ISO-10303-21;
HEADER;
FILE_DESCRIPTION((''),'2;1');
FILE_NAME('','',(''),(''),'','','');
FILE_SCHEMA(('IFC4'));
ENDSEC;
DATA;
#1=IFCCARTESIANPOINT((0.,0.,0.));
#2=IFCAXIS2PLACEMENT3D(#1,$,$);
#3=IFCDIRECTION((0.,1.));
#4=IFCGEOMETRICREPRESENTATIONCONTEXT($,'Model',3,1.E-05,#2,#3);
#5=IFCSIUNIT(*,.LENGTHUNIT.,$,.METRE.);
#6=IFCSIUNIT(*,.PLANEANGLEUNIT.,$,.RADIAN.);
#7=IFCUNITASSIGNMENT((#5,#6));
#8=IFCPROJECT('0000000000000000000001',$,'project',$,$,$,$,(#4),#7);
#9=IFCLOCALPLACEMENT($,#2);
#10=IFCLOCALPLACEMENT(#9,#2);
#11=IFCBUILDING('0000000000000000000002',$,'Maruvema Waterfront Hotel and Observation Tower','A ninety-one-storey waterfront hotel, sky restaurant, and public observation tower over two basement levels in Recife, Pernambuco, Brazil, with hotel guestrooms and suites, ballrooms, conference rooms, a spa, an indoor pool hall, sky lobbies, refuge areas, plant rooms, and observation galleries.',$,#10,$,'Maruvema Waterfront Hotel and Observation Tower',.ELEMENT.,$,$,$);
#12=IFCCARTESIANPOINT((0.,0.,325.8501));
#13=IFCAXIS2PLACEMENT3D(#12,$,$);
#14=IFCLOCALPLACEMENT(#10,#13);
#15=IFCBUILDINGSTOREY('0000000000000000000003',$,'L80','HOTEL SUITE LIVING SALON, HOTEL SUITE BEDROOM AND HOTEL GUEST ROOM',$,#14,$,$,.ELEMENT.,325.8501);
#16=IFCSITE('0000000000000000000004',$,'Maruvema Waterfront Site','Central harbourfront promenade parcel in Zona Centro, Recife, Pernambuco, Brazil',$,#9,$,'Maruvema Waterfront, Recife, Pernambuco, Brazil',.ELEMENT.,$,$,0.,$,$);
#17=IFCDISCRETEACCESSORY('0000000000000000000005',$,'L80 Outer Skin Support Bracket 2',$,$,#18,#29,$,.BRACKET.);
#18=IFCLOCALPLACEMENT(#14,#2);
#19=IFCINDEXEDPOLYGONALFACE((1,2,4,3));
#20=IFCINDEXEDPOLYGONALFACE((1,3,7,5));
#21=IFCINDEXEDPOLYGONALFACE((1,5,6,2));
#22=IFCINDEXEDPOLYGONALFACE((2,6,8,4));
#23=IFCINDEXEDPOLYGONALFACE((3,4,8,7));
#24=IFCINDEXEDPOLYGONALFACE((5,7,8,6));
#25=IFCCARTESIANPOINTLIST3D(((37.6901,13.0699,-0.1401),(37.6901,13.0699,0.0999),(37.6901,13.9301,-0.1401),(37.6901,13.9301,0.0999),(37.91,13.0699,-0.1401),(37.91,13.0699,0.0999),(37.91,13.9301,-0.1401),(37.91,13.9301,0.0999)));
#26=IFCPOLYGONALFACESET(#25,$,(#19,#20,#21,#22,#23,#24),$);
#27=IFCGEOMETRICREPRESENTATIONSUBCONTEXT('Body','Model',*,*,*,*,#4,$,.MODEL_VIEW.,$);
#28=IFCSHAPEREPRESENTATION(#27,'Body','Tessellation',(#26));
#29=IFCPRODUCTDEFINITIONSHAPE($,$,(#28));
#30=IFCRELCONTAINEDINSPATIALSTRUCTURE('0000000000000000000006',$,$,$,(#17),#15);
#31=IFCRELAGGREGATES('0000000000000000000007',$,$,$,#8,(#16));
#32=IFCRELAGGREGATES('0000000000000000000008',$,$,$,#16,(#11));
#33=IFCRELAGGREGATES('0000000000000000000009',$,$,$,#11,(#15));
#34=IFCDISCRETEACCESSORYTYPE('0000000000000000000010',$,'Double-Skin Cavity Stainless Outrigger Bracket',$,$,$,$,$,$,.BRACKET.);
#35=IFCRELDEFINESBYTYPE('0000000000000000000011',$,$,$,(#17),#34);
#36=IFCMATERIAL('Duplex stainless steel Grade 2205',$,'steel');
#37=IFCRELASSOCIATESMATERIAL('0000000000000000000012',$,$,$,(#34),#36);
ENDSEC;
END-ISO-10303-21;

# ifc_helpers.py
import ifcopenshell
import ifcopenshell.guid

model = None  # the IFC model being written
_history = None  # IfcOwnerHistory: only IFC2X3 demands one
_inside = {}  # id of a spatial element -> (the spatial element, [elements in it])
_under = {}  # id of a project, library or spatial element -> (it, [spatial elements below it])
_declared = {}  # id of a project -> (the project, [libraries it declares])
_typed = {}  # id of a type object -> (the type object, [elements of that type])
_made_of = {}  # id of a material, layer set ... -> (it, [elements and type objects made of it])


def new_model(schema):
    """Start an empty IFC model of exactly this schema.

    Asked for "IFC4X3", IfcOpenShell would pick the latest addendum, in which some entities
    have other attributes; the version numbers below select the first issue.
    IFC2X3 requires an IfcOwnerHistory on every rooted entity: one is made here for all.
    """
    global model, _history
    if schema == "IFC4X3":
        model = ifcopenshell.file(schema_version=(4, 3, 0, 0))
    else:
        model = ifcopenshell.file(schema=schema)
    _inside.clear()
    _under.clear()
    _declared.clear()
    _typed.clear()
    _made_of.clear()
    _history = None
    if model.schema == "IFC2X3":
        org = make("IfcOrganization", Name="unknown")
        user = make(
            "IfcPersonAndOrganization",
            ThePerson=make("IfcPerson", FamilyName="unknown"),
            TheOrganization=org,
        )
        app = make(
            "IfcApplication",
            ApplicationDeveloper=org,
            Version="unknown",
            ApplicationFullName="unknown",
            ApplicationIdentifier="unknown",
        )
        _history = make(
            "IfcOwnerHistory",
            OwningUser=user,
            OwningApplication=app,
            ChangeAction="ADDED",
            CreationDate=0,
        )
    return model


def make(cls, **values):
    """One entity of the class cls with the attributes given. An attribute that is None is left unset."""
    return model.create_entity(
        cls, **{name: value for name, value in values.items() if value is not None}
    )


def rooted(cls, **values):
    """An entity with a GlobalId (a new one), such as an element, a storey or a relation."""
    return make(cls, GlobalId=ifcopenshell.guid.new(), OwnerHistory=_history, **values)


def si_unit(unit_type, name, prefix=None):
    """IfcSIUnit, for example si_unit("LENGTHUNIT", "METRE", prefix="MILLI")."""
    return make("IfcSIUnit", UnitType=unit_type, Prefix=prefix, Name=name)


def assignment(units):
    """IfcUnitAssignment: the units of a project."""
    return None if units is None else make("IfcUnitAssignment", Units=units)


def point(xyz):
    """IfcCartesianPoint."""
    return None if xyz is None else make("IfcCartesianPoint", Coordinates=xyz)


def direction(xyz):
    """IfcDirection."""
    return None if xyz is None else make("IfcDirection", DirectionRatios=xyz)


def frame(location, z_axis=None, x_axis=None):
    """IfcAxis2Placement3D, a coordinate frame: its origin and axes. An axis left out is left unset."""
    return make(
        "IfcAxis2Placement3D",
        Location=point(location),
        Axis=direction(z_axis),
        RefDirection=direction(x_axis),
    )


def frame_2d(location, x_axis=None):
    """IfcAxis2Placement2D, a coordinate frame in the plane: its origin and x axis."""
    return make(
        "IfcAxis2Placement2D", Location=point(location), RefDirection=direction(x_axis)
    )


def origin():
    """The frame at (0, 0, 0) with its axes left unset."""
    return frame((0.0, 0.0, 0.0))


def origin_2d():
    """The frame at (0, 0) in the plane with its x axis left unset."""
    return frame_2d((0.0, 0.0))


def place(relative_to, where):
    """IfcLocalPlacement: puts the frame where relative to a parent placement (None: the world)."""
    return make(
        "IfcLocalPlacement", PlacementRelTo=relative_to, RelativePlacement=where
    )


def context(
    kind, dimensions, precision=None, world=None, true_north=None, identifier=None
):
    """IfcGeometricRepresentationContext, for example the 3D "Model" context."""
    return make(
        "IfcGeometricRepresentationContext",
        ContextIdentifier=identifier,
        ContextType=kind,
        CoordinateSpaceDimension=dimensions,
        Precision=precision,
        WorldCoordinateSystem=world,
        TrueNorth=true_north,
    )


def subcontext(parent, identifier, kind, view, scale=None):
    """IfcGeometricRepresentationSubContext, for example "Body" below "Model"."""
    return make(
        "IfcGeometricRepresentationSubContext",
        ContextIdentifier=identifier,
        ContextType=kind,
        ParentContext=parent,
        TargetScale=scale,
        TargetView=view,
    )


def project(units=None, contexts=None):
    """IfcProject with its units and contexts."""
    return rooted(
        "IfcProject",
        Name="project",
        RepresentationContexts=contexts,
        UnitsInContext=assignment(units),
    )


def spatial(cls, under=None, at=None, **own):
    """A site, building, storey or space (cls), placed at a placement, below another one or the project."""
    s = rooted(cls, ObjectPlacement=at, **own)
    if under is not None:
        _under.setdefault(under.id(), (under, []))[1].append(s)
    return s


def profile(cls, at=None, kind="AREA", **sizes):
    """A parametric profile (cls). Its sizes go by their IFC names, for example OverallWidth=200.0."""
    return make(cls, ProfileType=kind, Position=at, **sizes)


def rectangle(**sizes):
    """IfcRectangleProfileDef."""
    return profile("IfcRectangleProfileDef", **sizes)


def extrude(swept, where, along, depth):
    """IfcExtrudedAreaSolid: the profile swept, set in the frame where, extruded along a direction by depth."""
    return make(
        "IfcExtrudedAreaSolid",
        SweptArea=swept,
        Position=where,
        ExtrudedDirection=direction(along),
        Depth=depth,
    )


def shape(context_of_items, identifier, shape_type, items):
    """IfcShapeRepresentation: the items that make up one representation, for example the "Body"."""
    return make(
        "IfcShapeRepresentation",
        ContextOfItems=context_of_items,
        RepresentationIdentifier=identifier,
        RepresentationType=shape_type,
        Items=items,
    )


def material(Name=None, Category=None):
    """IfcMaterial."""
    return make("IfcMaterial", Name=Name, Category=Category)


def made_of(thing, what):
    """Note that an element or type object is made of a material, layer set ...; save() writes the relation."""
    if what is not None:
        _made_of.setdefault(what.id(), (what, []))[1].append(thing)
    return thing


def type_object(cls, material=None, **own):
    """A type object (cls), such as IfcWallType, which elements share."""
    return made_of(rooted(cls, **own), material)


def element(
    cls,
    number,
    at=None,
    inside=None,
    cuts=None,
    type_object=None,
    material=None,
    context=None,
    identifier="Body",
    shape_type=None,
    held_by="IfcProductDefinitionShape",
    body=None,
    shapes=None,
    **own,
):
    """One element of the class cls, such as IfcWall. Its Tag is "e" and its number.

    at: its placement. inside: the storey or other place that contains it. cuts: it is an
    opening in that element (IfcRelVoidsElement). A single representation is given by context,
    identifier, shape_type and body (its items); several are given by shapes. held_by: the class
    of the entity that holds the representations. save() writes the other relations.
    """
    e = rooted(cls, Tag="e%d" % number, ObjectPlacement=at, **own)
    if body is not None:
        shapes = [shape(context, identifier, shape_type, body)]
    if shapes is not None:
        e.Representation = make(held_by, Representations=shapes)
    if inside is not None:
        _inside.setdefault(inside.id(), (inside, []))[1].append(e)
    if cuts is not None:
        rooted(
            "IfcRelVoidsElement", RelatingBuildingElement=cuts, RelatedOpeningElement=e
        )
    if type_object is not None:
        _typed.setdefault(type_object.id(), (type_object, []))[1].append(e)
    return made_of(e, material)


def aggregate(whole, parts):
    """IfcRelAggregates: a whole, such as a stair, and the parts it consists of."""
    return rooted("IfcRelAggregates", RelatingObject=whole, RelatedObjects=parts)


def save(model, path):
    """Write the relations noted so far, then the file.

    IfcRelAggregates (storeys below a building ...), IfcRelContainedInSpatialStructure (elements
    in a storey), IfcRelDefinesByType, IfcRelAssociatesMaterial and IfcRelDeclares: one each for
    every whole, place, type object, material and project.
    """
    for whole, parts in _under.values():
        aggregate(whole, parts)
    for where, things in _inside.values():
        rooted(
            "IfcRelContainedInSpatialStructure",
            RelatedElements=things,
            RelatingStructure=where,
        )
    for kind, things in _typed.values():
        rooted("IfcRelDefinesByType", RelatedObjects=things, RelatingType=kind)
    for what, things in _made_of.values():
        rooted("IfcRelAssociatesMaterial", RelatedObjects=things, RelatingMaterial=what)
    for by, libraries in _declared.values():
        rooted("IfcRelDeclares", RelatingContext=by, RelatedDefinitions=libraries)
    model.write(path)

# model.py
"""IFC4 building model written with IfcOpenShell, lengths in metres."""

from ifc_helpers import new_model, si_unit, direction, frame, origin, origin_2d, place, context, subcontext, project, spatial, rectangle, extrude, material, type_object, element, save


model = new_model("IFC4")

# Units and contexts
model_context = context("Model", 3, precision=1e-05, world=origin(), true_north=direction((0.0, 1.0)))
body_context = subcontext(model_context, "Body", "Model", "MODEL_VIEW")
ifc_project = project(units=[si_unit("LENGTHUNIT", "METRE"), si_unit("PLANEANGLEUNIT", "RADIAN")], contexts=[model_context])

# Site, building, storey
site_placement = place(None, origin())
site = spatial("IfcSite", under=ifc_project, at=site_placement, Name="Maruvema Waterfront Site", Description="Central harbourfront promenade parcel in Zona Centro, Recife, Pernambuco, Brazil", LongName="Maruvema Waterfront, Recife, Pernambuco, Brazil", CompositionType="ELEMENT", RefElevation=0.0)
building_placement = place(site_placement, origin())
building = spatial("IfcBuilding", under=site, at=building_placement, Name="Maruvema Waterfront Hotel and Observation Tower", Description="A ninety-one-storey waterfront hotel, sky restaurant, and public observation tower over two basement levels in Recife, Pernambuco, Brazil, with hotel guestrooms and suites, ballrooms, conference rooms, a spa, an indoor pool hall, sky lobbies, refuge areas, plant rooms, and observation galleries.", LongName="Maruvema Waterfront Hotel and Observation Tower", CompositionType="ELEMENT")
storey_placement = place(building_placement, frame((0.0, 0.0, 325.8501)))
storey = spatial("IfcBuildingStorey", under=building, at=storey_placement, Name="L80", Description="HOTEL SUITE LIVING SALON, HOTEL SUITE BEDROOM AND HOTEL GUEST ROOM", CompositionType="ELEMENT", Elevation=325.8501)

# Discrete accessory
ifc_material_1 = material(Name="Duplex stainless steel Grade 2205", Category="steel")
discrete_accessory_type = type_object("IfcDiscreteAccessoryType", Name="Double-Skin Cavity Stainless Outrigger Bracket", PredefinedType="BRACKET", material=ifc_material_1)
discrete_accessory_placement = place(storey_placement, frame((37.8, 13.5, -0.1401), z_axis=(0.0, 0.0, 1.0), x_axis=(1.0, 0.0, 0.0)))
element("IfcDiscreteAccessory", 1, at=discrete_accessory_placement, inside=storey, type_object=discrete_accessory_type, Name="L80 Outer Skin Support Bracket 2", PredefinedType="BRACKET", context=body_context, shape_type="SweptSolid", body=[
    extrude(rectangle(XDim=0.22, YDim=0.8601, at=origin_2d()), origin(), (0.0, 0.0, 1.0), 0.24),
])

save(model, "model.ifc")
